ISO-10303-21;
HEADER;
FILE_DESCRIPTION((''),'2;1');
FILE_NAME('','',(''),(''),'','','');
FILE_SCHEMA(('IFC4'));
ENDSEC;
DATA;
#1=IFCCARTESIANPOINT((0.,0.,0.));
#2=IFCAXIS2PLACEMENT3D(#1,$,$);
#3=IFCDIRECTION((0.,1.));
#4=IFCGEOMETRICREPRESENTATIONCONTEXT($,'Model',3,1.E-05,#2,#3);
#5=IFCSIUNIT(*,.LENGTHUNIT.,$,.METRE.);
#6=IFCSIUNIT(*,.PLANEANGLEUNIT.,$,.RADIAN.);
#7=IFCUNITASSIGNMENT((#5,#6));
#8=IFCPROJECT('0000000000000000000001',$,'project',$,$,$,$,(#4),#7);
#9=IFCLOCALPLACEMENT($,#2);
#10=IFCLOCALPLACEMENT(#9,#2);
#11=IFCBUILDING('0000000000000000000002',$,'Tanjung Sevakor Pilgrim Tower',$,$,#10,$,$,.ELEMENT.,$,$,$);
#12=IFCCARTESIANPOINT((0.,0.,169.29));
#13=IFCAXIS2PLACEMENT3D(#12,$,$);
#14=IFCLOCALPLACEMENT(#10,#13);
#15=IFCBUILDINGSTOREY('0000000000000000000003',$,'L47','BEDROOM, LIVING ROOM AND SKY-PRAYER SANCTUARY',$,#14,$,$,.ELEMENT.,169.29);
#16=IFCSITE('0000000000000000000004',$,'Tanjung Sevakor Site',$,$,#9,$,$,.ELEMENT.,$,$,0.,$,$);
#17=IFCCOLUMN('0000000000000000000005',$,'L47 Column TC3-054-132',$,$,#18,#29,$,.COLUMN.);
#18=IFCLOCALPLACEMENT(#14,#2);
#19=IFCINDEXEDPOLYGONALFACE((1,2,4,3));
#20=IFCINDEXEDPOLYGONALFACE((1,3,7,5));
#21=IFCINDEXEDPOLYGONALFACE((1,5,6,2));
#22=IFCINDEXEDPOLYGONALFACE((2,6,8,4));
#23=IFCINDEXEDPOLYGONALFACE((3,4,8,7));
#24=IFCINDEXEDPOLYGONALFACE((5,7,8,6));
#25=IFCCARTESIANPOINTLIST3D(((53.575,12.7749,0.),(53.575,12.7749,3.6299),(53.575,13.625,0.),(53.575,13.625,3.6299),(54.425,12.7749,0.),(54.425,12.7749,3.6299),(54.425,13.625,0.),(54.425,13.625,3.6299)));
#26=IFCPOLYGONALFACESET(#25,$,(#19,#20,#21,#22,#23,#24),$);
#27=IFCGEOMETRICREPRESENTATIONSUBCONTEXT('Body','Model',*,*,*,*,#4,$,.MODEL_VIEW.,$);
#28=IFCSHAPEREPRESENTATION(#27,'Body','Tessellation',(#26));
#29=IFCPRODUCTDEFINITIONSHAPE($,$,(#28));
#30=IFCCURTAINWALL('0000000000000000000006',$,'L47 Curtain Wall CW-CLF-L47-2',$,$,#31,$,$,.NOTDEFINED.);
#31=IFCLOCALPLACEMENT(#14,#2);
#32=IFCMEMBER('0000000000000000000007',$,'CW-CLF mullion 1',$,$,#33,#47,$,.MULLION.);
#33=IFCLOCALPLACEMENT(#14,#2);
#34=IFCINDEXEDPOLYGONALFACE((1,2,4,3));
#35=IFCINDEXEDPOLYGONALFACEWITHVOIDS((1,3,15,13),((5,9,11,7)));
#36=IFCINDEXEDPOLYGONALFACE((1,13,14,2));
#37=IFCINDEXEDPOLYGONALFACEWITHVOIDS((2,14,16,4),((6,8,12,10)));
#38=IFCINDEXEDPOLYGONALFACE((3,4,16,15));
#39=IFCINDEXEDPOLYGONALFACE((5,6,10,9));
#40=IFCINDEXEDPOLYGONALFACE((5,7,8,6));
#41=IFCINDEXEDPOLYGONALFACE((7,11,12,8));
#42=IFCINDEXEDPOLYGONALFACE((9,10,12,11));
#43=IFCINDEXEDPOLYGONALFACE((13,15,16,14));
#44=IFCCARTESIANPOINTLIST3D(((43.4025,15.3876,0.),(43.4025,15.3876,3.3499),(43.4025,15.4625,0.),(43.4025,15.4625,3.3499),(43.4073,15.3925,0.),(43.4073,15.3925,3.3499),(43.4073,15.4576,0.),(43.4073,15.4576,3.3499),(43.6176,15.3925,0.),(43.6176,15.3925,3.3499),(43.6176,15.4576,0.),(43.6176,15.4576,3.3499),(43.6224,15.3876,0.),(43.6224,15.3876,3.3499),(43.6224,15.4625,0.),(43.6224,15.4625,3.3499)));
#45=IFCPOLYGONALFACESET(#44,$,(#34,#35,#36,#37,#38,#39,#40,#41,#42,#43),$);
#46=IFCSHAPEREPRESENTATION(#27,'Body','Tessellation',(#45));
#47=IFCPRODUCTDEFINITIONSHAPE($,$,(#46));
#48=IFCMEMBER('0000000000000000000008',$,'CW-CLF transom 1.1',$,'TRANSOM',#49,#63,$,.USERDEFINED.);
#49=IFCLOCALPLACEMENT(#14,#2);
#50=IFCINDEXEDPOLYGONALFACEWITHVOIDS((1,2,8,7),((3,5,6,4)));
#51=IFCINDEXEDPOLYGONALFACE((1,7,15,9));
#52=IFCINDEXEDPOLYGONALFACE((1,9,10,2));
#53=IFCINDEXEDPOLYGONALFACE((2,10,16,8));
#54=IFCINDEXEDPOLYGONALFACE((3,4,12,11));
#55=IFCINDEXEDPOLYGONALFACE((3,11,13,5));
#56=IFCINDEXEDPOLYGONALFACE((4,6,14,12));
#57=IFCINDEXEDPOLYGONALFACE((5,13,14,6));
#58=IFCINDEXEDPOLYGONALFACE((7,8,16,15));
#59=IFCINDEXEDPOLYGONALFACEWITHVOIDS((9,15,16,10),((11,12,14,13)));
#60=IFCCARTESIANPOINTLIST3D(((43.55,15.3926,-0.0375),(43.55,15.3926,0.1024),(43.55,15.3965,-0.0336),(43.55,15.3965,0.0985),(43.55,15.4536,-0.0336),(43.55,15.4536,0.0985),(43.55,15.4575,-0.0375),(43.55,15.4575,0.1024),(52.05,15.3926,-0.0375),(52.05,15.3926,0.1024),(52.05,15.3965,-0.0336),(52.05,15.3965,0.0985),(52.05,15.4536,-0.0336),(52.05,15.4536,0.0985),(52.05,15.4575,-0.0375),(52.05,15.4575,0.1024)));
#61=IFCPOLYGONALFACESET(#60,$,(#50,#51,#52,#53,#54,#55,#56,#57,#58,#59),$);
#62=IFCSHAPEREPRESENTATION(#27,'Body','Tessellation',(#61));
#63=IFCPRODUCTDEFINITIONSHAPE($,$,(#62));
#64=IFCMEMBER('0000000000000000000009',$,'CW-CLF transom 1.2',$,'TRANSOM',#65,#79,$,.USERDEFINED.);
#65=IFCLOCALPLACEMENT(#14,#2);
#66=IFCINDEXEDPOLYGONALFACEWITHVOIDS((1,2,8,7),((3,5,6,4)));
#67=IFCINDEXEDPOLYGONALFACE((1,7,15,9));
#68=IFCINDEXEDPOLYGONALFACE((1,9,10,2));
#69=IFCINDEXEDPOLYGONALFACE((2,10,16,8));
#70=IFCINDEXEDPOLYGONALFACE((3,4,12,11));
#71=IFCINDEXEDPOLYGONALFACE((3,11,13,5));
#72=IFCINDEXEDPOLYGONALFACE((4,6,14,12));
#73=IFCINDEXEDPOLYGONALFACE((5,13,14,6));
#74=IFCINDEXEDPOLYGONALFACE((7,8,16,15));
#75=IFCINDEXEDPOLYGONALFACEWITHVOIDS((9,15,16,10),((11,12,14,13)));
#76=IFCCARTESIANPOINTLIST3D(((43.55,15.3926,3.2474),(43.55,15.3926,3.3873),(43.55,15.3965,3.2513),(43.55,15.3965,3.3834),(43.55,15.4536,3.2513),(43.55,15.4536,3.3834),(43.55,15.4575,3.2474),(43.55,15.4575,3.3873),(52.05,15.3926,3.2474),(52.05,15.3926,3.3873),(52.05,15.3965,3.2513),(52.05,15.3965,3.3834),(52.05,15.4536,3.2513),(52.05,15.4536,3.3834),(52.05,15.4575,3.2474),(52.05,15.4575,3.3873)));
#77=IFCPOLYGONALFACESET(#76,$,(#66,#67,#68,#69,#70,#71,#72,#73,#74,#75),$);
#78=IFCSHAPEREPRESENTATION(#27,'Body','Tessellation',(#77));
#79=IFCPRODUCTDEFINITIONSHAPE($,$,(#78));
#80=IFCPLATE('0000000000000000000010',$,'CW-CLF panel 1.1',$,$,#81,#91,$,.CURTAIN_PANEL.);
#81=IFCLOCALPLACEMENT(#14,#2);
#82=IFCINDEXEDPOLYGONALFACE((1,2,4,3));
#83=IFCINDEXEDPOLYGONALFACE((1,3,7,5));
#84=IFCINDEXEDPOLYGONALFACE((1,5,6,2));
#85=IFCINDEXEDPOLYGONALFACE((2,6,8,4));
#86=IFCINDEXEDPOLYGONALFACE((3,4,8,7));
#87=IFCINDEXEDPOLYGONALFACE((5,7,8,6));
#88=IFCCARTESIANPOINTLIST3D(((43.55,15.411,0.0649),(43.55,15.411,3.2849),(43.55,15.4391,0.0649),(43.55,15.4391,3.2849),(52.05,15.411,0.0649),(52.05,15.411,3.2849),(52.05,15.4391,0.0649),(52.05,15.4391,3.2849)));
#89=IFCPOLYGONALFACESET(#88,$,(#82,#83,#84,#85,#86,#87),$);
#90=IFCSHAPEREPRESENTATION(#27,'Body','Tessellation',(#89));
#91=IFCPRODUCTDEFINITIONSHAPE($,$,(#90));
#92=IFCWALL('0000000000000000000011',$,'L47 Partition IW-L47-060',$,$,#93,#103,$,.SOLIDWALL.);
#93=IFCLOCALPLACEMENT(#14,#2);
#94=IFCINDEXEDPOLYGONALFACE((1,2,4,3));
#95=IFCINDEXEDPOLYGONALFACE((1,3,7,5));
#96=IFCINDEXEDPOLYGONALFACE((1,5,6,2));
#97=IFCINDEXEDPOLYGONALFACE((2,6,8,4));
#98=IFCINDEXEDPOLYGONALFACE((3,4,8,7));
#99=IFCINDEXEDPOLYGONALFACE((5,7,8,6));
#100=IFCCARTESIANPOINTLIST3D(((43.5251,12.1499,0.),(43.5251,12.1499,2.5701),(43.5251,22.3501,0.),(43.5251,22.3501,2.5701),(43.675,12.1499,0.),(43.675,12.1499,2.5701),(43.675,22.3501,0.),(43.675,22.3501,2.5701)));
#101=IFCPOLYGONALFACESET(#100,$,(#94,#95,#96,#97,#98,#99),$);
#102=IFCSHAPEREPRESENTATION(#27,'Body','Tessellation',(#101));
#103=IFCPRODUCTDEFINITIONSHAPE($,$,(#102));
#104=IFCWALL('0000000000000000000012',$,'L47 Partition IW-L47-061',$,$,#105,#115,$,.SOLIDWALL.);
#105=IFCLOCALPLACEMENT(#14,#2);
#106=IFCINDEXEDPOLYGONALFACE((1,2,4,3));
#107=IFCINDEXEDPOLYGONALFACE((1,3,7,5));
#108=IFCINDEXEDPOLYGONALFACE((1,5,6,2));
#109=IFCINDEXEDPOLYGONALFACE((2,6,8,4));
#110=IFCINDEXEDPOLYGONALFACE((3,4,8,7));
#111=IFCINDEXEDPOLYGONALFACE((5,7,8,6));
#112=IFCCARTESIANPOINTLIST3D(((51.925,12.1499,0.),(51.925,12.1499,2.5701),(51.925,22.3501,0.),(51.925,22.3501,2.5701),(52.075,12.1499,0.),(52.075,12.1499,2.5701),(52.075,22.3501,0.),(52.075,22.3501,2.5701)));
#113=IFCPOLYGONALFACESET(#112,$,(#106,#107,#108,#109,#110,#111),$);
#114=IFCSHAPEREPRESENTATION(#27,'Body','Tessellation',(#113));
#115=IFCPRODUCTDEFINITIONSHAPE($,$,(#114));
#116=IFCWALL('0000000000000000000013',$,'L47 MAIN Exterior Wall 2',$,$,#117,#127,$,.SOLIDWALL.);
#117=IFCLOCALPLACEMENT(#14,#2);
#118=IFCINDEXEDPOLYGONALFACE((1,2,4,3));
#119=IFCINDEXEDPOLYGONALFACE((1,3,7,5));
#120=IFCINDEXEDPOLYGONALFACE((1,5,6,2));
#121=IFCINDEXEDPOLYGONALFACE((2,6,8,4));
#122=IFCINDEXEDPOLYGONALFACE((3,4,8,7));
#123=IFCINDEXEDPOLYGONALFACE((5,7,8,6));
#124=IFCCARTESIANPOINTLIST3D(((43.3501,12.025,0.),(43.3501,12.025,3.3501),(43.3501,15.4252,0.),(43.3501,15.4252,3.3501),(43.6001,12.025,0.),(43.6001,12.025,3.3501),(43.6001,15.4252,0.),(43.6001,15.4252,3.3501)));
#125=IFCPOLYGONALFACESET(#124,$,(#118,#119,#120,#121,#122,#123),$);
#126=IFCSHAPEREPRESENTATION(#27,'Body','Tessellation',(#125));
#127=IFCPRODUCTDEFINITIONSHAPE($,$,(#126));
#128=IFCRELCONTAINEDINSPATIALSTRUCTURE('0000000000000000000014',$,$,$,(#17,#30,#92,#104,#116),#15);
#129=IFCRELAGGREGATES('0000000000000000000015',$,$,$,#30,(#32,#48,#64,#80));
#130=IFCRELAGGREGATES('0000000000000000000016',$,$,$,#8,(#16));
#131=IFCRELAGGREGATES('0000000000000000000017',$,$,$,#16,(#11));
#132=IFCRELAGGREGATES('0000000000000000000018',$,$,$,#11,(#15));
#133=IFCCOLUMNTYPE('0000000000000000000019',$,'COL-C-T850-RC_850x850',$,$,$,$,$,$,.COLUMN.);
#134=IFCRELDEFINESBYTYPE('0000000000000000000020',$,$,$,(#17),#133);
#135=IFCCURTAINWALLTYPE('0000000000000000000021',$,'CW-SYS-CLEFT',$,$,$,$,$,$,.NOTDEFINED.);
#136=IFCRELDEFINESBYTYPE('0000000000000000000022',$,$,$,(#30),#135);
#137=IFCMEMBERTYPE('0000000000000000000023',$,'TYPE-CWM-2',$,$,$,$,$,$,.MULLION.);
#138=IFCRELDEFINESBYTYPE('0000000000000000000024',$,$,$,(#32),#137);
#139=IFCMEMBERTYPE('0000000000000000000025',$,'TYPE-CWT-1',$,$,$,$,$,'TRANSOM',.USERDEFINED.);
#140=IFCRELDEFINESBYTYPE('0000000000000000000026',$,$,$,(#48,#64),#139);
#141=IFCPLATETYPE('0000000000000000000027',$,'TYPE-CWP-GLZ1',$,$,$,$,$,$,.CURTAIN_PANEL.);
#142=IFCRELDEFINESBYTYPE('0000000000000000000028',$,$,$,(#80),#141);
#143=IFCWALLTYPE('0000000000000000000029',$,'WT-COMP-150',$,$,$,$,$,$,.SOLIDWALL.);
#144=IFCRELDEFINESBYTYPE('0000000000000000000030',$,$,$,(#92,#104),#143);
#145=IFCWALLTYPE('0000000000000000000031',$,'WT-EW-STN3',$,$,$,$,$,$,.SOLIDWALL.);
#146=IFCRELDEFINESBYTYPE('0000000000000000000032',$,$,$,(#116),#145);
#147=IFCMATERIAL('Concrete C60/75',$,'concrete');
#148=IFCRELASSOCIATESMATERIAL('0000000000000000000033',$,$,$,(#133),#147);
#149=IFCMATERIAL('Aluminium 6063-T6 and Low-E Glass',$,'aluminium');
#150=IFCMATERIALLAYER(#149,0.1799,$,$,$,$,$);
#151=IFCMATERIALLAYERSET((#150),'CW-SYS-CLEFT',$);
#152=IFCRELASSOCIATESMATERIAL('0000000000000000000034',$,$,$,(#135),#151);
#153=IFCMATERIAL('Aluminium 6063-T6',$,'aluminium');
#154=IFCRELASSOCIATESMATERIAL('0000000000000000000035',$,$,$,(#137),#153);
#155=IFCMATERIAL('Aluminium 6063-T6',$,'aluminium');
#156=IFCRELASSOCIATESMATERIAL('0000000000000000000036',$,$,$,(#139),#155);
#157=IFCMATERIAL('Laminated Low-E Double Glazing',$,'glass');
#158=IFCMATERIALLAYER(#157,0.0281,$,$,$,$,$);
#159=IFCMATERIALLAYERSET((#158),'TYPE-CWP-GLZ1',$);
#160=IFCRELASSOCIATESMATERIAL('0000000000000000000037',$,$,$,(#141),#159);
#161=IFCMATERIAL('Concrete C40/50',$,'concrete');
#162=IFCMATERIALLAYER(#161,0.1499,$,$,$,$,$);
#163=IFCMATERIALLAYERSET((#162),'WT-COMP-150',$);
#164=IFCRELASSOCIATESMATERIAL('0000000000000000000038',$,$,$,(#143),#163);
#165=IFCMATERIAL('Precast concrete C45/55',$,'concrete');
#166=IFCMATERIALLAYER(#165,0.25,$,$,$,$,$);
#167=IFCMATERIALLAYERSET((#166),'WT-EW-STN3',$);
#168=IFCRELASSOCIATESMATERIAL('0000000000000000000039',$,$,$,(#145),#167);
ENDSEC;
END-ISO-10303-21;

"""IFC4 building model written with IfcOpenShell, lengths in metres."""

from ifc_helpers import new_model, si_unit, direction, frame, frame_2d, origin, origin_2d, place, context, subcontext, project, spatial, rectangle, hollow_rectangle, extrude, material, layer, layer_set, material_profile, profile_set, type_object, element, aggregate, save


model = new_model("IFC4")

# Units and contexts
model_context = context("Model", 3, precision=1e-05, world=origin(), true_north=direction((0.0, 1.0)))
body_context = subcontext(model_context, "Body", "Model", "MODEL_VIEW")
ifc_project = project(units=[si_unit("LENGTHUNIT", "METRE"), si_unit("PLANEANGLEUNIT", "RADIAN")], contexts=[model_context])

# Site, building, storey
site_placement = place(None, origin())
site = spatial("IfcSite", under=ifc_project, at=site_placement, Name="Tanjung Sevakor Site", CompositionType="ELEMENT", RefElevation=0.0)
building_placement = place(site_placement, origin())
building = spatial("IfcBuilding", under=site, at=building_placement, Name="Tanjung Sevakor Pilgrim Tower", CompositionType="ELEMENT")
storey_placement = place(building_placement, frame((0.0, 0.0, 169.29)))
storey = spatial("IfcBuildingStorey", under=building, at=storey_placement, Name="L47", Description="BEDROOM, LIVING ROOM AND SKY-PRAYER SANCTUARY", CompositionType="ELEMENT", Elevation=169.29)

# Column
ifc_material_1 = material(Name="Concrete C60/75", Category="concrete")
ifc_material_profile_1 = material_profile(ifc_material_1, rectangle(XDim=0.8501, YDim=0.8501, at=origin_2d()))
ifc_profile_set_1 = profile_set([ifc_material_profile_1], Name="Concrete C60/75")
column_type = type_object("IfcColumnType", Name="COL-C-T850-RC_850x850", PredefinedType="COLUMN", material=ifc_profile_set_1)
column_placement = place(storey_placement, frame((54.0, 13.2, 0.0), z_axis=(0.0, 0.0, 1.0), x_axis=(1.0, 0.0, 0.0)))
element("IfcColumn", 1, at=column_placement, inside=storey, type_object=column_type, Name="L47 Column TC3-054-132", PredefinedType="COLUMN", context=body_context, shape_type="SweptSolid", body=[
    extrude(rectangle(XDim=0.8501, YDim=0.8501, at=origin_2d()), origin(), (0.0, 0.0, 1.0), 3.6299),
])

# Curtain wall, members, plate
ifc_material_2 = material(Name="Aluminium 6063-T6 and Low-E Glass", Category="aluminium")
ifc_layer_1 = layer(ifc_material_2, 0.1799)
ifc_layer_set_1 = layer_set([ifc_layer_1], Name="CW-SYS-CLEFT")
curtain_wall_type = type_object("IfcCurtainWallType", Name="CW-SYS-CLEFT", PredefinedType="NOTDEFINED", material=ifc_layer_set_1)
curtain_wall_placement = place(storey_placement, origin())
curtain_wall = element("IfcCurtainWall", 2, at=curtain_wall_placement, inside=storey, type_object=curtain_wall_type, Name="L47 Curtain Wall CW-CLF-L47-2", PredefinedType="NOTDEFINED")
ifc_material_3 = material(Name="Aluminium 6063-T6", Category="aluminium")
ifc_material_profile_2 = material_profile(ifc_material_3, hollow_rectangle(XDim=0.075, YDim=0.22, WallThickness=0.0049, at=origin_2d()))
ifc_profile_set_2 = profile_set([ifc_material_profile_2], Name="Aluminium 6063-T6")
member_type_1 = type_object("IfcMemberType", Name="TYPE-CWM-2", PredefinedType="MULLION", material=ifc_profile_set_2)
member_1_placement = place(storey_placement, frame((43.5125, 15.425, 0.0), z_axis=(0.0, 0.0, 1.0), x_axis=(0.0, 1.0, 0.0)))
member_1 = element("IfcMember", 3, at=member_1_placement, type_object=member_type_1, Name="CW-CLF mullion 1", PredefinedType="MULLION", context=body_context, shape_type="SweptSolid", body=[
    extrude(hollow_rectangle(XDim=0.075, YDim=0.22, WallThickness=0.0049, at=origin_2d()), origin(), (0.0, 0.0, 1.0), 3.3499),
])
ifc_material_4 = material(Name="Aluminium 6063-T6", Category="aluminium")
ifc_material_profile_3 = material_profile(ifc_material_4, hollow_rectangle(XDim=0.0649, YDim=0.1399, WallThickness=0.0039, at=origin_2d()))
ifc_profile_set_3 = profile_set([ifc_material_profile_3], Name="Aluminium 6063-T6")
member_type_2 = type_object("IfcMemberType", Name="TYPE-CWT-1", ElementType="TRANSOM", PredefinedType="USERDEFINED", material=ifc_profile_set_3)
member_2_placement = place(storey_placement, frame((43.55, 15.425, 0.0325), z_axis=(1.0, 0.0, 0.0), x_axis=(0.0, 1.0, 0.0)))
member_2 = element("IfcMember", 4, at=member_2_placement, type_object=member_type_2, Name="CW-CLF transom 1.1", ObjectType="TRANSOM", PredefinedType="USERDEFINED", context=body_context, shape_type="SweptSolid", body=[
    extrude(hollow_rectangle(XDim=0.0649, YDim=0.1399, WallThickness=0.0039, at=origin_2d()), origin(), (0.0, 0.0, 1.0), 8.5),
])
member_3_placement = place(storey_placement, frame((43.55, 15.425, 3.3174), z_axis=(1.0, 0.0, 0.0), x_axis=(0.0, 1.0, 0.0)))
member_3 = element("IfcMember", 5, at=member_3_placement, type_object=member_type_2, Name="CW-CLF transom 1.2", ObjectType="TRANSOM", PredefinedType="USERDEFINED", context=body_context, shape_type="SweptSolid", body=[
    extrude(hollow_rectangle(XDim=0.0649, YDim=0.1399, WallThickness=0.0039, at=origin_2d()), origin(), (0.0, 0.0, 1.0), 8.5),
])
ifc_material_5 = material(Name="Laminated Low-E Double Glazing", Category="glass")
ifc_layer_2 = layer(ifc_material_5, 0.0281)
ifc_layer_set_2 = layer_set([ifc_layer_2], Name="TYPE-CWP-GLZ1")
plate_type = type_object("IfcPlateType", Name="TYPE-CWP-GLZ1", PredefinedType="CURTAIN_PANEL", material=ifc_layer_set_2)
plate_placement = place(storey_placement, frame((47.8, 15.425, 0.0649), z_axis=(0.0, 0.0, 1.0), x_axis=(1.0, 0.0, 0.0)))
plate = element("IfcPlate", 6, at=plate_placement, type_object=plate_type, Name="CW-CLF panel 1.1", PredefinedType="CURTAIN_PANEL", context=body_context, shape_type="SweptSolid", body=[
    extrude(rectangle(XDim=8.5, YDim=0.0281, at=origin_2d()), origin(), (0.0, 0.0, 1.0), 3.22),
])
aggregate(curtain_wall, [member_1, member_2, member_3, plate])

# Walls
ifc_material_6 = material(Name="Concrete C40/50", Category="concrete")
ifc_layer_3 = layer(ifc_material_6, 0.1499)
ifc_layer_set_3 = layer_set([ifc_layer_3], Name="WT-COMP-150")
wall_type_1 = type_object("IfcWallType", Name="WT-COMP-150", PredefinedType="SOLIDWALL", material=ifc_layer_set_3)
for number, where, z_axis, x_axis, name in (
    (7, (43.6001, 12.1499, 0.0), (0.0, 0.0, 1.0), (0.0, 1.0, 0.0), "L47 Partition IW-L47-060"),
    (8, (52.0, 12.1499, 0.0), (0.0, 0.0, 1.0), (0.0, 1.0, 0.0), "L47 Partition IW-L47-061"),
):
    element("IfcWall", number, at=place(storey_placement, frame(where, z_axis=z_axis, x_axis=x_axis)), inside=storey, type_object=wall_type_1, Name=name, PredefinedType="SOLIDWALL", context=body_context, shape_type="SweptSolid", body=[
        extrude(rectangle(XDim=10.2002, YDim=0.1499, at=frame_2d((5.1001, 0.0))), origin(), (0.0, 0.0, 1.0), 2.5701),
    ])
ifc_material_7 = material(Name="Precast concrete C45/55", Category="concrete")
ifc_layer_4 = layer(ifc_material_7, 0.25)
ifc_layer_set_4 = layer_set([ifc_layer_4], Name="WT-EW-STN3")
wall_type_2 = type_object("IfcWallType", Name="WT-EW-STN3", PredefinedType="SOLIDWALL", material=ifc_layer_set_4)
wall_1_placement = place(storey_placement, frame((43.4751, 12.0249, 0.0), z_axis=(0.0, 0.0, 1.0), x_axis=(0.0, 1.0, 0.0)))
element("IfcWall", 9, at=wall_1_placement, inside=storey, type_object=wall_type_2, Name="L47 MAIN Exterior Wall 2", PredefinedType="SOLIDWALL", context=body_context, shape_type="SweptSolid", body=[
    extrude(rectangle(XDim=3.4001, YDim=0.25, at=frame_2d((1.7002, 0.0))), origin(), (0.0, 0.0, 1.0), 3.3501),
])

save(model, "model.ifc")
